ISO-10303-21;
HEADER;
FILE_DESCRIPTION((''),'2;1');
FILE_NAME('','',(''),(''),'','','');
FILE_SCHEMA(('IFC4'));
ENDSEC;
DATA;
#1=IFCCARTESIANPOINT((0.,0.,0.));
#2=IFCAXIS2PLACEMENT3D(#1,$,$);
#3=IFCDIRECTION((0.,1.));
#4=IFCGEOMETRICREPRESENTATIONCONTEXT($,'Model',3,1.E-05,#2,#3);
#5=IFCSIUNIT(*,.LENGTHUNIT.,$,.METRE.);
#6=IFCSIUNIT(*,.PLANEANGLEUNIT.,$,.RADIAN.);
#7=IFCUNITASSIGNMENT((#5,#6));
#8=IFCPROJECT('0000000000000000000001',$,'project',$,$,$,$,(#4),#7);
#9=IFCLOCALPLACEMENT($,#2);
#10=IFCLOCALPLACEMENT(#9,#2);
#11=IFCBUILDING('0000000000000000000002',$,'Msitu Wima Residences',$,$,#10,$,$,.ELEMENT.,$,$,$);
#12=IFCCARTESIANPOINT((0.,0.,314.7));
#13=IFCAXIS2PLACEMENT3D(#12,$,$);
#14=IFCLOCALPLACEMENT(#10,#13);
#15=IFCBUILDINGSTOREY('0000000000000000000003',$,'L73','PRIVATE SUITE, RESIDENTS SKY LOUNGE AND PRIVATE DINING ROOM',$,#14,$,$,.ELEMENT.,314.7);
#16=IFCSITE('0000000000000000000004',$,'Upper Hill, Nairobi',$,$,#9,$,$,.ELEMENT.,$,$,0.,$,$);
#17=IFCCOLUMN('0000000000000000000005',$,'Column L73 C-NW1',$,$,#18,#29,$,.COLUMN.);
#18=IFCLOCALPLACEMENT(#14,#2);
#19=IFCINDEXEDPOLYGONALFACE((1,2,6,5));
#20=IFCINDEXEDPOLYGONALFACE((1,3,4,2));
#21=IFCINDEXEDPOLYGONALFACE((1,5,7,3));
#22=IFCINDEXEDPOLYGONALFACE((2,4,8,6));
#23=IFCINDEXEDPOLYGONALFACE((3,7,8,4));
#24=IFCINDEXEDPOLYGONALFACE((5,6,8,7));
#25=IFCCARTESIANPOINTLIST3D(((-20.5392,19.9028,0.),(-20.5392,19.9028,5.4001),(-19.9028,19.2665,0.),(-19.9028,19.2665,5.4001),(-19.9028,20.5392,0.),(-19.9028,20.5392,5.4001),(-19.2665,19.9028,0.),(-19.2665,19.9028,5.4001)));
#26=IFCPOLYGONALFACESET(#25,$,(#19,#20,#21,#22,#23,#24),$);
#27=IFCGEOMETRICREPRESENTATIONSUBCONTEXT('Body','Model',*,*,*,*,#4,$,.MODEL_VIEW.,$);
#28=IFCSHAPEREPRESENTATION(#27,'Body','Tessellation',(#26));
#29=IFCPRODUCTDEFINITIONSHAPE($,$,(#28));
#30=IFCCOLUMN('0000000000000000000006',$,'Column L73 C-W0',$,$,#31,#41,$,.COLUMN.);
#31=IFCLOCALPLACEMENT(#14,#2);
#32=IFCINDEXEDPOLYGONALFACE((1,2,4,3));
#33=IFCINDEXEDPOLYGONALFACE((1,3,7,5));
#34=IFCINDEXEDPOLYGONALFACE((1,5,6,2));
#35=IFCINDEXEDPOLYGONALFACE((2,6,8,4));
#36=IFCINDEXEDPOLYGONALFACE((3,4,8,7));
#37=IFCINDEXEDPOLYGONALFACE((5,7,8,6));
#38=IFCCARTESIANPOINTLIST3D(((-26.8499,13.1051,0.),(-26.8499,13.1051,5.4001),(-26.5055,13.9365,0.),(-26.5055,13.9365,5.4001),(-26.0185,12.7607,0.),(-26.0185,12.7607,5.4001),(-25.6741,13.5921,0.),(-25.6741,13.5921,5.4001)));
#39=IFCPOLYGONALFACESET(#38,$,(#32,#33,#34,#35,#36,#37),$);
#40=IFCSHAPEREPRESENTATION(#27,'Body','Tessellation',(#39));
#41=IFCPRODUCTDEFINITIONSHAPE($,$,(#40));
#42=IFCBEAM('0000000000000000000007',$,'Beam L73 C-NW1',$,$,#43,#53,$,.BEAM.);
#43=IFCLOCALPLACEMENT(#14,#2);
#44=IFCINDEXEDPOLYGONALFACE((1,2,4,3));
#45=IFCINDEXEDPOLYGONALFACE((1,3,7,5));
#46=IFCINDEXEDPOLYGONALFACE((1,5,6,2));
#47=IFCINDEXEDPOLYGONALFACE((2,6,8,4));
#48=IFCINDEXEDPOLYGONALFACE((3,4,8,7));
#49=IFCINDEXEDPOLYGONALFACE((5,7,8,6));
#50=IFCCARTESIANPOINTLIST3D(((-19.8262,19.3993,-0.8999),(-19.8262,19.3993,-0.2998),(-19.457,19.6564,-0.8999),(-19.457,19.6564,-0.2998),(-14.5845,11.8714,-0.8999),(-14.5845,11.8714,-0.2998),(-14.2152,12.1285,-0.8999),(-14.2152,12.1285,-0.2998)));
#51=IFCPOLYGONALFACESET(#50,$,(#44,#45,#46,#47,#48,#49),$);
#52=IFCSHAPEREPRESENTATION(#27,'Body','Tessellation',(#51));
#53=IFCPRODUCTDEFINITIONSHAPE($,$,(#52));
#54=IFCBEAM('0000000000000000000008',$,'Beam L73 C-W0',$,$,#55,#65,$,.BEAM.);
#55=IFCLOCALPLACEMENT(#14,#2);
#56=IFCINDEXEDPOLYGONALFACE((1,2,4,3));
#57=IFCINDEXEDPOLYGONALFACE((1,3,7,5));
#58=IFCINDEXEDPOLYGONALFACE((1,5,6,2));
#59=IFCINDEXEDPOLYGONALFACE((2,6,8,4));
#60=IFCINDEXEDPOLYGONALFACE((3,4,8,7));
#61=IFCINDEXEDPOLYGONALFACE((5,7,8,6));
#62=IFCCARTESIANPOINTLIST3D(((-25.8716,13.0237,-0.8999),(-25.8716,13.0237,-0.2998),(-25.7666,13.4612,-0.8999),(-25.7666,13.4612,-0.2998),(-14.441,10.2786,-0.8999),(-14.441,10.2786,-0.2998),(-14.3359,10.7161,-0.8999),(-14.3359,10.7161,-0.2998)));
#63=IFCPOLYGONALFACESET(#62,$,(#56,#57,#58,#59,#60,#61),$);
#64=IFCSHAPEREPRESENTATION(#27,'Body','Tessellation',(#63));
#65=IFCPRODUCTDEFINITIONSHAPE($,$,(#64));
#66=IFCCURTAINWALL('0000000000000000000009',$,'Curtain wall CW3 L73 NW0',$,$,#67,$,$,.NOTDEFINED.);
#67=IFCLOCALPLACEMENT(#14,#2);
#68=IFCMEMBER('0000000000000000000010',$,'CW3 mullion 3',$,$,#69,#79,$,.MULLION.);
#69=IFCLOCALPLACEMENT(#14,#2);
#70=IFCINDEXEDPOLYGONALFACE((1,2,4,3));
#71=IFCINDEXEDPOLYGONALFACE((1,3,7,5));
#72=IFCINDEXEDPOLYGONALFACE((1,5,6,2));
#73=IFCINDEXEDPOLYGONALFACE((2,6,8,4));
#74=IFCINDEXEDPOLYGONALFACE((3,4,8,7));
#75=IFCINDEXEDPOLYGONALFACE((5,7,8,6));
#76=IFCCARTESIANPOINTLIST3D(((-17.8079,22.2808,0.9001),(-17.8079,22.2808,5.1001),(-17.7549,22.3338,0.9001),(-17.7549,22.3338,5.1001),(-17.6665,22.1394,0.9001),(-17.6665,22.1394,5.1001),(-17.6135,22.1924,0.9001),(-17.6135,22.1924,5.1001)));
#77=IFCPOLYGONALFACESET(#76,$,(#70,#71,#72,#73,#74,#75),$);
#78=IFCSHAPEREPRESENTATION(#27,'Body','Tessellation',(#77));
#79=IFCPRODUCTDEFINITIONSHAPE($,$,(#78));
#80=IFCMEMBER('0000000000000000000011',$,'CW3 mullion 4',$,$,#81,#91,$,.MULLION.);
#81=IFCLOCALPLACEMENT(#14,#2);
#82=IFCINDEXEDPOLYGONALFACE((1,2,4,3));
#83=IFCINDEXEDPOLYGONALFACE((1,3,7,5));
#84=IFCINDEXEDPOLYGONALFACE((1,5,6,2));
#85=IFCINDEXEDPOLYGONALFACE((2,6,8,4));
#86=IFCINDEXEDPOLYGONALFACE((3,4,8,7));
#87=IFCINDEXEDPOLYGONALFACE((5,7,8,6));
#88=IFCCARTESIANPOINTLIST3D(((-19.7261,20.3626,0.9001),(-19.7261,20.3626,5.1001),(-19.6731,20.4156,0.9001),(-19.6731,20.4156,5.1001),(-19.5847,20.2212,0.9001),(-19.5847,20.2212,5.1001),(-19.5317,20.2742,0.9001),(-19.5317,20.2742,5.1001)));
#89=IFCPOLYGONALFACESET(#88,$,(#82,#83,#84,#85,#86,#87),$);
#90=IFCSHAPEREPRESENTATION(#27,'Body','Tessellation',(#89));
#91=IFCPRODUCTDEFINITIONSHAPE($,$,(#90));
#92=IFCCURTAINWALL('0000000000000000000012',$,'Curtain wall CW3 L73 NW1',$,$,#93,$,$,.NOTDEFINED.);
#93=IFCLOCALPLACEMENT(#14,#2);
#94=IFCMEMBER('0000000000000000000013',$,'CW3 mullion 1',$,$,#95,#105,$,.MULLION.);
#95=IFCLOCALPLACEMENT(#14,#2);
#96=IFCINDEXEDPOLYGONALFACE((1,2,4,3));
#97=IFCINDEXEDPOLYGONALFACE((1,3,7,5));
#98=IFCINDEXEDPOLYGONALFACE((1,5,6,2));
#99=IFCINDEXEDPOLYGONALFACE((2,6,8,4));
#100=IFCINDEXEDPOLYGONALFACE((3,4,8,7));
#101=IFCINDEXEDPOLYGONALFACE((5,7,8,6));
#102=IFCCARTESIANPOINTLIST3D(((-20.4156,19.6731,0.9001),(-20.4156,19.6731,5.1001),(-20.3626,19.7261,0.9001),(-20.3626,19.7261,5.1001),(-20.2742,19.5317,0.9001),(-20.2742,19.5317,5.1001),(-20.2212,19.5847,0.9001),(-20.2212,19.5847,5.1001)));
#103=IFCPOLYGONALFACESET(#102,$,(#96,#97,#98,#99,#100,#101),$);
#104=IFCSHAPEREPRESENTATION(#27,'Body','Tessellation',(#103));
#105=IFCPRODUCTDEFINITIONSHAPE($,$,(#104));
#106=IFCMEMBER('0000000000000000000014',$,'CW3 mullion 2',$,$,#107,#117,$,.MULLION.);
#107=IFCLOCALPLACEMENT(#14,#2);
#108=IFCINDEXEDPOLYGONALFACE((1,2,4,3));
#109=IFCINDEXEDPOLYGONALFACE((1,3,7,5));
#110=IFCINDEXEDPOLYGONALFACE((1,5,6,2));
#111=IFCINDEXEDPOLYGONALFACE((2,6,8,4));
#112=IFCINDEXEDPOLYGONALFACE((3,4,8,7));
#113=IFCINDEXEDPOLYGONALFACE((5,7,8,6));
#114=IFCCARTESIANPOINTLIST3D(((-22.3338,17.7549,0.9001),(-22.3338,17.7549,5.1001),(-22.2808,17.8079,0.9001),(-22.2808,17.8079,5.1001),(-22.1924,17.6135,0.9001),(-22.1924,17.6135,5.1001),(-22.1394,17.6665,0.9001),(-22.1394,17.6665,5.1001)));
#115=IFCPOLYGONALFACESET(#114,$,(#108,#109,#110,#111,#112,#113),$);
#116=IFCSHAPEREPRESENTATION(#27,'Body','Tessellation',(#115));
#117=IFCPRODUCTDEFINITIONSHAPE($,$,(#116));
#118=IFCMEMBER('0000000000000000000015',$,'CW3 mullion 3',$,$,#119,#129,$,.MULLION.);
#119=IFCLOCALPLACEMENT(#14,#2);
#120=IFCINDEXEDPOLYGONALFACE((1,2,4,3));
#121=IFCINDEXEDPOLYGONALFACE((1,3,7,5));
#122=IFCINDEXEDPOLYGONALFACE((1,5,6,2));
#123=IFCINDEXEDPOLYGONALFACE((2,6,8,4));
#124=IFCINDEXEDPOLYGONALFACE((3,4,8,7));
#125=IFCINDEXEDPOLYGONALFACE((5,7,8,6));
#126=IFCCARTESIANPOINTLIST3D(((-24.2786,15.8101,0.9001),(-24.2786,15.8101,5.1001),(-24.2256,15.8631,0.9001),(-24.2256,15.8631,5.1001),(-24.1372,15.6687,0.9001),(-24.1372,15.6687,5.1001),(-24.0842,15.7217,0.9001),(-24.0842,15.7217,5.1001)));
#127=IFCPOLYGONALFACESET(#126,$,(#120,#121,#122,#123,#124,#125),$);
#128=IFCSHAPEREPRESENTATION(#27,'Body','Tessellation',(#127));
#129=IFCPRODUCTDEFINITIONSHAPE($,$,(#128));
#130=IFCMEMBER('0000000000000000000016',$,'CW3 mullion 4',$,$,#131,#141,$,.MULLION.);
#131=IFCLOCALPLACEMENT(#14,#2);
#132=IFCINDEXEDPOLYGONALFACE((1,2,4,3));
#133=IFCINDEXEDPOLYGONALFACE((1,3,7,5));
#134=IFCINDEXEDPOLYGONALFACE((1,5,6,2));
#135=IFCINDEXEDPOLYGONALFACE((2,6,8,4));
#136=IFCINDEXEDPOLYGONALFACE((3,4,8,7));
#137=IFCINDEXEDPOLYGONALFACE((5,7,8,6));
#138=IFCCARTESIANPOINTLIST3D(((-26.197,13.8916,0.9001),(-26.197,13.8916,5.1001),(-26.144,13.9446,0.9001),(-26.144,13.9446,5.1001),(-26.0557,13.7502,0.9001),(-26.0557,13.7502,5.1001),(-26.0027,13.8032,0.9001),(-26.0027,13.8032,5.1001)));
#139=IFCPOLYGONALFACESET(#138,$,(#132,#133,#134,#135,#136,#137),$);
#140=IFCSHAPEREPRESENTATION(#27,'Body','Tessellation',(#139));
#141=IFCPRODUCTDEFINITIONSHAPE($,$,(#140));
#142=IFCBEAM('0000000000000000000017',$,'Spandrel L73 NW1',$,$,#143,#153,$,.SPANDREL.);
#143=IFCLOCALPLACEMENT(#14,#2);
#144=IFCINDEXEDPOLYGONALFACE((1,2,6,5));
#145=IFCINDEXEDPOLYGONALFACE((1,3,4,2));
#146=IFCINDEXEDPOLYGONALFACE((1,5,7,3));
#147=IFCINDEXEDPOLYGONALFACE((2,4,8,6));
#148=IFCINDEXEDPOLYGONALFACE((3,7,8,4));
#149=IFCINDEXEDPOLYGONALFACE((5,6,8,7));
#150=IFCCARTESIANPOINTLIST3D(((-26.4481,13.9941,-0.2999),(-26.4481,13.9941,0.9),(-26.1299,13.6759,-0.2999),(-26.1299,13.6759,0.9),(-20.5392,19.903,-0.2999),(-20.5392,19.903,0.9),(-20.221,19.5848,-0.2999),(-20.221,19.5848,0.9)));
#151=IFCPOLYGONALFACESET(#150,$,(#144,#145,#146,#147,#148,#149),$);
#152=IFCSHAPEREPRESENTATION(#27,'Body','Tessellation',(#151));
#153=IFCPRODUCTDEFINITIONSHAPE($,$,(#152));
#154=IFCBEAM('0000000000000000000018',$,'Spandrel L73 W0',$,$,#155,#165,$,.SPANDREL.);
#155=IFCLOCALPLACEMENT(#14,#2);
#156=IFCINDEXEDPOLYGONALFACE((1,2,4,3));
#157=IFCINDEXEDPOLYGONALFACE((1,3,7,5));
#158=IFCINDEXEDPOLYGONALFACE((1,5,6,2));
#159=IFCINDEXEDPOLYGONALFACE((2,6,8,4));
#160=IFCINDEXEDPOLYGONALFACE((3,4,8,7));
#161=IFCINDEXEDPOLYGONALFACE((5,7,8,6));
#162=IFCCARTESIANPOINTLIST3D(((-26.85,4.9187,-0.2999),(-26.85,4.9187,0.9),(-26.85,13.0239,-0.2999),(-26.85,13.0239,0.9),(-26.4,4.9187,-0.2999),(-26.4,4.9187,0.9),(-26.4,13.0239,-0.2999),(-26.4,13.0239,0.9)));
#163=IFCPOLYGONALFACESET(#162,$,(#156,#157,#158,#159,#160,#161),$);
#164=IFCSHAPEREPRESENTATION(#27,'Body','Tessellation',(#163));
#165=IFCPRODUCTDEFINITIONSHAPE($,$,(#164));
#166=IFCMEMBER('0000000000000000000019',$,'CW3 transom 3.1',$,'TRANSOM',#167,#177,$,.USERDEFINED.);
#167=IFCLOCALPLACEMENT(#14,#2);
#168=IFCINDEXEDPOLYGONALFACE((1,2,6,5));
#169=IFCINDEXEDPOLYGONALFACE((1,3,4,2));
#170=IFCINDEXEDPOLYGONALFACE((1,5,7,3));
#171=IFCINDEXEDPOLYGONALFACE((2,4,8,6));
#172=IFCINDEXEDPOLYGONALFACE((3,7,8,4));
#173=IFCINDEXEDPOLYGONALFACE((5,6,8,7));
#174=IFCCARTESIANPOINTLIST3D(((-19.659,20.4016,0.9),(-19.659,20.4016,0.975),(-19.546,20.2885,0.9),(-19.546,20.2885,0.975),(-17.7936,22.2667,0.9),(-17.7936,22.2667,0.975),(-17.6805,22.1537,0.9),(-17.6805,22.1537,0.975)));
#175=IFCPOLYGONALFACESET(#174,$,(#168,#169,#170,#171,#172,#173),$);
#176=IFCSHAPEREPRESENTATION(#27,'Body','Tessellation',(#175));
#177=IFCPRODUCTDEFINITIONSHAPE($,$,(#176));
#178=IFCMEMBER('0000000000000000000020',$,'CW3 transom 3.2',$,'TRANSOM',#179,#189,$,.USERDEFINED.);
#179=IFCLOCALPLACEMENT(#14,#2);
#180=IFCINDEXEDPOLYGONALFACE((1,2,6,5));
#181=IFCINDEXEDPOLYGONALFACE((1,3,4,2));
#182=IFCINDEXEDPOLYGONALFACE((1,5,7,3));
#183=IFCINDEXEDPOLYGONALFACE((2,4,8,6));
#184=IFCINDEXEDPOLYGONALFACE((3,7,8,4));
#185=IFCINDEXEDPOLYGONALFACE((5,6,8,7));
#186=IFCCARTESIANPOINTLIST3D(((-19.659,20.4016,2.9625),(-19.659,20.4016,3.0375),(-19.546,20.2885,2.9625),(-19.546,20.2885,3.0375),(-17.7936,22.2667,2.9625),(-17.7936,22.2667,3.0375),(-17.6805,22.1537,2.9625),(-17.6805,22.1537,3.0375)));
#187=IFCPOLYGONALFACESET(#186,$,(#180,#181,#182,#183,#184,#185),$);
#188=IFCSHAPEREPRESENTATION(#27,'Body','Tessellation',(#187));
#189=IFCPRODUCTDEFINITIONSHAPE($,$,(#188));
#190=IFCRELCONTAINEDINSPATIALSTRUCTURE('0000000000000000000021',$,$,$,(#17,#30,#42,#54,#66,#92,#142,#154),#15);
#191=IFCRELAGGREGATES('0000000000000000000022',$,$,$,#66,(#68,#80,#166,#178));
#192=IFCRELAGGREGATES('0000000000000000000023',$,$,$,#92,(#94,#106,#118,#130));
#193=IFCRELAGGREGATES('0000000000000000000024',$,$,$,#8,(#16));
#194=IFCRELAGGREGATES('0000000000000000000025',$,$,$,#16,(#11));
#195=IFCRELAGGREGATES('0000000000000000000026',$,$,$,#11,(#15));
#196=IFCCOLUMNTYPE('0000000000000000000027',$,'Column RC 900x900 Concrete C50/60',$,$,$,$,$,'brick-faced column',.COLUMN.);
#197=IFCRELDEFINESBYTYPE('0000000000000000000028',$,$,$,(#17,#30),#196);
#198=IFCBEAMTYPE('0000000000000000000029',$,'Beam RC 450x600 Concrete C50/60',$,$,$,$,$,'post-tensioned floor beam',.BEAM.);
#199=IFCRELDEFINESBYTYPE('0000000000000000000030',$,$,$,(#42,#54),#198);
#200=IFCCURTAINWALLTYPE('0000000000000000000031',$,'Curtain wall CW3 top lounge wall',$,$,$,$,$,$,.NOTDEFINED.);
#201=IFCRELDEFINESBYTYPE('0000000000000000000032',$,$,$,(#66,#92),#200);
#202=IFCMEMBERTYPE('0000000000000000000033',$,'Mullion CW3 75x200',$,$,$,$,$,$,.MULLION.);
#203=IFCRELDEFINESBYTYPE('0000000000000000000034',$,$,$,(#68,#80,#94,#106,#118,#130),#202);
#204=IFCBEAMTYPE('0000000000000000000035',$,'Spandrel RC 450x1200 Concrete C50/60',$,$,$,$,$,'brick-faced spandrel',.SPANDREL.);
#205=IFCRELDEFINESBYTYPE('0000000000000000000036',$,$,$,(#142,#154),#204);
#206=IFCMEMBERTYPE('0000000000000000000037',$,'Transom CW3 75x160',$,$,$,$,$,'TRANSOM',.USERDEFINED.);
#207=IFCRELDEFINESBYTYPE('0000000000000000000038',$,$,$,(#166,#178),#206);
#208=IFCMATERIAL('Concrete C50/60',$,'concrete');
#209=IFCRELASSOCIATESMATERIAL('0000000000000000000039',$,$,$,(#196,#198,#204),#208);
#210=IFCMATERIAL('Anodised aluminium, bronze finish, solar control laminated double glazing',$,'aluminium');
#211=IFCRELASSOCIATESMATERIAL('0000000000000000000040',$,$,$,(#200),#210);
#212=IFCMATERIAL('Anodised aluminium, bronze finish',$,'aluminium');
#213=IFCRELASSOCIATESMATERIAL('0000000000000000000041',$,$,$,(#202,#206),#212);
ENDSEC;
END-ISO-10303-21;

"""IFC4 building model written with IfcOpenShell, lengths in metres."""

from ifc_helpers import new_model, si_unit, direction, frame, origin, origin_2d, place, context, subcontext, project, spatial, rectangle, extrude, material, material_profile, profile_set, type_object, element, aggregate, save


model = new_model("IFC4")

# Units and contexts
model_context = context("Model", 3, precision=1e-05, world=origin(), true_north=direction((0.0, 1.0)))
body_context = subcontext(model_context, "Body", "Model", "MODEL_VIEW")
ifc_project = project(units=[si_unit("LENGTHUNIT", "METRE"), si_unit("PLANEANGLEUNIT", "RADIAN")], contexts=[model_context])

# Site, building, storey
site_placement = place(None, origin())
site = spatial("IfcSite", under=ifc_project, at=site_placement, Name="Upper Hill, Nairobi", CompositionType="ELEMENT", RefElevation=0.0)
building_placement = place(site_placement, origin())
building = spatial("IfcBuilding", under=site, at=building_placement, Name="Msitu Wima Residences", CompositionType="ELEMENT")
storey_placement = place(building_placement, frame((0.0, 0.0, 314.7)))
storey = spatial("IfcBuildingStorey", under=building, at=storey_placement, Name="L73", Description="PRIVATE SUITE, RESIDENTS SKY LOUNGE AND PRIVATE DINING ROOM", CompositionType="ELEMENT", Elevation=314.7)

# Columns
ifc_material_1 = material(Name="Concrete C50/60", Category="concrete")
ifc_material_profile_1 = material_profile(ifc_material_1, rectangle(XDim=0.8999, YDim=0.8999, at=origin_2d()), Name="RC 900x900")
ifc_profile_set_1 = profile_set([ifc_material_profile_1], Name="Concrete C50/60")
column_type = type_object("IfcColumnType", Name="Column RC 900x900 Concrete C50/60", ElementType="brick-faced column", PredefinedType="COLUMN", material=ifc_profile_set_1)
for number, where, z_axis, x_axis, name in (
    (1, (-19.9028, 19.9028, 0.0), (0.0, 0.0, 1.0), (-0.707107, -0.707107, 0.0), "Column L73 C-NW1"),
    (2, (-26.262, 13.3486, 0.0), (0.0, 0.0, 1.0), (-0.382683, -0.92388, 0.0), "Column L73 C-W0"),
):
    element("IfcColumn", number, at=place(storey_placement, frame(where, z_axis=z_axis, x_axis=x_axis)), inside=storey, type_object=column_type, Name=name, PredefinedType="COLUMN", context=body_context, shape_type="SweptSolid", body=[
        extrude(rectangle(XDim=0.8999, YDim=0.8999, at=origin_2d()), origin(), (0.0, 0.0, 1.0), 5.4001),
    ])

# Beams
ifc_material_profile_2 = material_profile(ifc_material_1, rectangle(XDim=0.45, YDim=0.6001, at=origin_2d()), Name="RC 450x600")
ifc_profile_set_2 = profile_set([ifc_material_profile_2], Name="Concrete C50/60")
beam_type_1 = type_object("IfcBeamType", Name="Beam RC 450x600 Concrete C50/60", ElementType="post-tensioned floor beam", PredefinedType="BEAM", material=ifc_profile_set_2)
beam_1_placement = place(storey_placement, frame((-19.6416, 19.5278, -0.5999), z_axis=(0.571428, -0.820652, 0.0), x_axis=(0.820652, 0.571428, 0.0)))
element("IfcBeam", 3, at=beam_1_placement, inside=storey, type_object=beam_type_1, Name="Beam L73 C-NW1", PredefinedType="BEAM", context=body_context, shape_type="SweptSolid", body=[
    extrude(rectangle(XDim=0.45, YDim=0.6001, at=origin_2d()), origin(), (0.0, 0.0, 1.0), 9.1731),
])
beam_2_placement = place(storey_placement, frame((-25.8191, 13.2424, -0.5999), z_axis=(0.972353, -0.233514, 0.0), x_axis=(0.233514, 0.972353, 0.0)))
element("IfcBeam", 4, at=beam_2_placement, inside=storey, type_object=beam_type_1, Name="Beam L73 C-W0", PredefinedType="BEAM", context=body_context, shape_type="SweptSolid", body=[
    extrude(rectangle(XDim=0.45, YDim=0.6001, at=origin_2d()), origin(), (0.0, 0.0, 1.0), 11.7556),
])

# Curtain walls, members
ifc_material_2 = material(Name="Anodised aluminium, bronze finish, solar control laminated double glazing", Category="aluminium")
curtain_wall_type = type_object("IfcCurtainWallType", Name="Curtain wall CW3 top lounge wall", PredefinedType="NOTDEFINED", material=ifc_material_2)
curtain_wall_1_placement = place(storey_placement, origin())
curtain_wall_1 = element("IfcCurtainWall", 5, at=curtain_wall_1_placement, inside=storey, type_object=curtain_wall_type, Name="Curtain wall CW3 L73 NW0", PredefinedType="NOTDEFINED")
ifc_material_3 = material(Name="Anodised aluminium, bronze finish", Category="aluminium")
ifc_material_profile_3 = material_profile(ifc_material_3, rectangle(XDim=0.2, YDim=0.075, at=origin_2d()), Name="Mullion 75x200")
ifc_profile_set_3 = profile_set([ifc_material_profile_3], Name="Anodised aluminium, bronze finish")
member_type_1 = type_object("IfcMemberType", Name="Mullion CW3 75x200", PredefinedType="MULLION", material=ifc_profile_set_3)
member_1_placement = place(storey_placement, frame((-17.7107, 22.2366, 0.9001), z_axis=(0.0, 0.0, 1.0), x_axis=(0.707107, -0.707107, 0.0)))
member_1 = element("IfcMember", 6, at=member_1_placement, type_object=member_type_1, Name="CW3 mullion 3", PredefinedType="MULLION", context=body_context, shape_type="SweptSolid", body=[
    extrude(rectangle(XDim=0.2, YDim=0.075, at=origin_2d()), origin(), (0.0, 0.0, 1.0), 4.2),
])
member_2_placement = place(storey_placement, frame((-19.6289, 20.3184, 0.9001), z_axis=(0.0, 0.0, 1.0), x_axis=(0.707107, -0.707107, 0.0)))
member_2 = element("IfcMember", 7, at=member_2_placement, type_object=member_type_1, Name="CW3 mullion 4", PredefinedType="MULLION", context=body_context, shape_type="SweptSolid", body=[
    extrude(rectangle(XDim=0.2, YDim=0.075, at=origin_2d()), origin(), (0.0, 0.0, 1.0), 4.2),
])
curtain_wall_2_placement = place(storey_placement, origin())
curtain_wall_2 = element("IfcCurtainWall", 8, at=curtain_wall_2_placement, inside=storey, type_object=curtain_wall_type, Name="Curtain wall CW3 L73 NW1", PredefinedType="NOTDEFINED")
member_3_placement = place(storey_placement, frame((-20.3184, 19.6289, 0.9001), z_axis=(0.0, 0.0, 1.0), x_axis=(0.707107, -0.707107, 0.0)))
member_3 = element("IfcMember", 9, at=member_3_placement, type_object=member_type_1, Name="CW3 mullion 1", PredefinedType="MULLION", context=body_context, shape_type="SweptSolid", body=[
    extrude(rectangle(XDim=0.2, YDim=0.075, at=origin_2d()), origin(), (0.0, 0.0, 1.0), 4.2),
])
member_4_placement = place(storey_placement, frame((-22.2366, 17.7107, 0.9001), z_axis=(0.0, 0.0, 1.0), x_axis=(0.707107, -0.707107, 0.0)))
member_4 = element("IfcMember", 10, at=member_4_placement, type_object=member_type_1, Name="CW3 mullion 2", PredefinedType="MULLION", context=body_context, shape_type="SweptSolid", body=[
    extrude(rectangle(XDim=0.2, YDim=0.075, at=origin_2d()), origin(), (0.0, 0.0, 1.0), 4.2),
])
member_5_placement = place(storey_placement, frame((-24.1814, 15.7659, 0.9001), z_axis=(0.0, 0.0, 1.0), x_axis=(0.707107, -0.707107, 0.0)))
member_5 = element("IfcMember", 11, at=member_5_placement, type_object=member_type_1, Name="CW3 mullion 3", PredefinedType="MULLION", context=body_context, shape_type="SweptSolid", body=[
    extrude(rectangle(XDim=0.2, YDim=0.075, at=origin_2d()), origin(), (0.0, 0.0, 1.0), 4.2),
])
member_6_placement = place(storey_placement, frame((-26.0999, 13.8474, 0.9001), z_axis=(0.0, 0.0, 1.0), x_axis=(0.707107, -0.707107, 0.0)))
member_6 = element("IfcMember", 12, at=member_6_placement, type_object=member_type_1, Name="CW3 mullion 4", PredefinedType="MULLION", context=body_context, shape_type="SweptSolid", body=[
    extrude(rectangle(XDim=0.2, YDim=0.075, at=origin_2d()), origin(), (0.0, 0.0, 1.0), 4.2),
])

# Beams
ifc_material_profile_4 = material_profile(ifc_material_1, rectangle(XDim=0.45, YDim=1.2, at=origin_2d()), Name="RC 450x1200")
ifc_profile_set_4 = profile_set([ifc_material_profile_4], Name="Concrete C50/60")
beam_type_2 = type_object("IfcBeamType", Name="Spandrel RC 450x1200 Concrete C50/60", ElementType="brick-faced spandrel", PredefinedType="SPANDREL", material=ifc_profile_set_4)
beam_3_placement = place(storey_placement, frame((-20.3801, 19.7439, 0.3), z_axis=(-0.707107, -0.707107, 0.0), x_axis=(0.707107, -0.707107, 0.0)))
element("IfcBeam", 13, at=beam_3_placement, inside=storey, type_object=beam_type_2, Name="Spandrel L73 NW1", PredefinedType="SPANDREL", context=body_context, shape_type="SweptSolid", body=[
    extrude(rectangle(XDim=0.45, YDim=1.2, at=origin_2d()), origin(), (0.0, 0.0, 1.0), 8.3564),
])
beam_4_placement = place(storey_placement, frame((-26.625, 13.0239, 0.3), z_axis=(0.0, -1.0, 0.0), x_axis=(1.0, 0.0, 0.0)))
element("IfcBeam", 14, at=beam_4_placement, inside=storey, type_object=beam_type_2, Name="Spandrel L73 W0", PredefinedType="SPANDREL", context=body_context, shape_type="SweptSolid", body=[
    extrude(rectangle(XDim=0.45, YDim=1.2, at=origin_2d()), origin(), (0.0, 0.0, 1.0), 8.1052),
])

# Members
ifc_material_profile_5 = material_profile(ifc_material_3, rectangle(XDim=0.1599, YDim=0.075, at=origin_2d()), Name="Transom 75x160")
ifc_profile_set_5 = profile_set([ifc_material_profile_5], Name="Anodised aluminium, bronze finish")
member_type_2 = type_object("IfcMemberType", Name="Transom CW3 75x160", ElementType="TRANSOM", PredefinedType="USERDEFINED", material=ifc_profile_set_5)
member_7_placement = place(storey_placement, frame((-17.7371, 22.2102, 0.9375), z_axis=(-0.707153, -0.707061, 0.0), x_axis=(0.707061, -0.707153, 0.0)))
member_7 = element("IfcMember", 15, at=member_7_placement, type_object=member_type_2, Name="CW3 transom 3.1", ObjectType="TRANSOM", PredefinedType="USERDEFINED", context=body_context, shape_type="SweptSolid", body=[
    extrude(rectangle(XDim=0.1599, YDim=0.075, at=origin_2d()), origin(), (0.0, 0.0, 1.0), 2.6379),
])
member_8_placement = place(storey_placement, frame((-17.7371, 22.2102, 3.0), z_axis=(-0.707153, -0.707061, 0.0), x_axis=(0.707061, -0.707153, 0.0)))
member_8 = element("IfcMember", 16, at=member_8_placement, type_object=member_type_2, Name="CW3 transom 3.2", ObjectType="TRANSOM", PredefinedType="USERDEFINED", context=body_context, shape_type="SweptSolid", body=[
    extrude(rectangle(XDim=0.1599, YDim=0.075, at=origin_2d()), origin(), (0.0, 0.0, 1.0), 2.6379),
])

aggregate(curtain_wall_1, [member_1, member_2, member_7, member_8])
aggregate(curtain_wall_2, [member_3, member_4, member_5, member_6])

save(model, "model.ifc")
